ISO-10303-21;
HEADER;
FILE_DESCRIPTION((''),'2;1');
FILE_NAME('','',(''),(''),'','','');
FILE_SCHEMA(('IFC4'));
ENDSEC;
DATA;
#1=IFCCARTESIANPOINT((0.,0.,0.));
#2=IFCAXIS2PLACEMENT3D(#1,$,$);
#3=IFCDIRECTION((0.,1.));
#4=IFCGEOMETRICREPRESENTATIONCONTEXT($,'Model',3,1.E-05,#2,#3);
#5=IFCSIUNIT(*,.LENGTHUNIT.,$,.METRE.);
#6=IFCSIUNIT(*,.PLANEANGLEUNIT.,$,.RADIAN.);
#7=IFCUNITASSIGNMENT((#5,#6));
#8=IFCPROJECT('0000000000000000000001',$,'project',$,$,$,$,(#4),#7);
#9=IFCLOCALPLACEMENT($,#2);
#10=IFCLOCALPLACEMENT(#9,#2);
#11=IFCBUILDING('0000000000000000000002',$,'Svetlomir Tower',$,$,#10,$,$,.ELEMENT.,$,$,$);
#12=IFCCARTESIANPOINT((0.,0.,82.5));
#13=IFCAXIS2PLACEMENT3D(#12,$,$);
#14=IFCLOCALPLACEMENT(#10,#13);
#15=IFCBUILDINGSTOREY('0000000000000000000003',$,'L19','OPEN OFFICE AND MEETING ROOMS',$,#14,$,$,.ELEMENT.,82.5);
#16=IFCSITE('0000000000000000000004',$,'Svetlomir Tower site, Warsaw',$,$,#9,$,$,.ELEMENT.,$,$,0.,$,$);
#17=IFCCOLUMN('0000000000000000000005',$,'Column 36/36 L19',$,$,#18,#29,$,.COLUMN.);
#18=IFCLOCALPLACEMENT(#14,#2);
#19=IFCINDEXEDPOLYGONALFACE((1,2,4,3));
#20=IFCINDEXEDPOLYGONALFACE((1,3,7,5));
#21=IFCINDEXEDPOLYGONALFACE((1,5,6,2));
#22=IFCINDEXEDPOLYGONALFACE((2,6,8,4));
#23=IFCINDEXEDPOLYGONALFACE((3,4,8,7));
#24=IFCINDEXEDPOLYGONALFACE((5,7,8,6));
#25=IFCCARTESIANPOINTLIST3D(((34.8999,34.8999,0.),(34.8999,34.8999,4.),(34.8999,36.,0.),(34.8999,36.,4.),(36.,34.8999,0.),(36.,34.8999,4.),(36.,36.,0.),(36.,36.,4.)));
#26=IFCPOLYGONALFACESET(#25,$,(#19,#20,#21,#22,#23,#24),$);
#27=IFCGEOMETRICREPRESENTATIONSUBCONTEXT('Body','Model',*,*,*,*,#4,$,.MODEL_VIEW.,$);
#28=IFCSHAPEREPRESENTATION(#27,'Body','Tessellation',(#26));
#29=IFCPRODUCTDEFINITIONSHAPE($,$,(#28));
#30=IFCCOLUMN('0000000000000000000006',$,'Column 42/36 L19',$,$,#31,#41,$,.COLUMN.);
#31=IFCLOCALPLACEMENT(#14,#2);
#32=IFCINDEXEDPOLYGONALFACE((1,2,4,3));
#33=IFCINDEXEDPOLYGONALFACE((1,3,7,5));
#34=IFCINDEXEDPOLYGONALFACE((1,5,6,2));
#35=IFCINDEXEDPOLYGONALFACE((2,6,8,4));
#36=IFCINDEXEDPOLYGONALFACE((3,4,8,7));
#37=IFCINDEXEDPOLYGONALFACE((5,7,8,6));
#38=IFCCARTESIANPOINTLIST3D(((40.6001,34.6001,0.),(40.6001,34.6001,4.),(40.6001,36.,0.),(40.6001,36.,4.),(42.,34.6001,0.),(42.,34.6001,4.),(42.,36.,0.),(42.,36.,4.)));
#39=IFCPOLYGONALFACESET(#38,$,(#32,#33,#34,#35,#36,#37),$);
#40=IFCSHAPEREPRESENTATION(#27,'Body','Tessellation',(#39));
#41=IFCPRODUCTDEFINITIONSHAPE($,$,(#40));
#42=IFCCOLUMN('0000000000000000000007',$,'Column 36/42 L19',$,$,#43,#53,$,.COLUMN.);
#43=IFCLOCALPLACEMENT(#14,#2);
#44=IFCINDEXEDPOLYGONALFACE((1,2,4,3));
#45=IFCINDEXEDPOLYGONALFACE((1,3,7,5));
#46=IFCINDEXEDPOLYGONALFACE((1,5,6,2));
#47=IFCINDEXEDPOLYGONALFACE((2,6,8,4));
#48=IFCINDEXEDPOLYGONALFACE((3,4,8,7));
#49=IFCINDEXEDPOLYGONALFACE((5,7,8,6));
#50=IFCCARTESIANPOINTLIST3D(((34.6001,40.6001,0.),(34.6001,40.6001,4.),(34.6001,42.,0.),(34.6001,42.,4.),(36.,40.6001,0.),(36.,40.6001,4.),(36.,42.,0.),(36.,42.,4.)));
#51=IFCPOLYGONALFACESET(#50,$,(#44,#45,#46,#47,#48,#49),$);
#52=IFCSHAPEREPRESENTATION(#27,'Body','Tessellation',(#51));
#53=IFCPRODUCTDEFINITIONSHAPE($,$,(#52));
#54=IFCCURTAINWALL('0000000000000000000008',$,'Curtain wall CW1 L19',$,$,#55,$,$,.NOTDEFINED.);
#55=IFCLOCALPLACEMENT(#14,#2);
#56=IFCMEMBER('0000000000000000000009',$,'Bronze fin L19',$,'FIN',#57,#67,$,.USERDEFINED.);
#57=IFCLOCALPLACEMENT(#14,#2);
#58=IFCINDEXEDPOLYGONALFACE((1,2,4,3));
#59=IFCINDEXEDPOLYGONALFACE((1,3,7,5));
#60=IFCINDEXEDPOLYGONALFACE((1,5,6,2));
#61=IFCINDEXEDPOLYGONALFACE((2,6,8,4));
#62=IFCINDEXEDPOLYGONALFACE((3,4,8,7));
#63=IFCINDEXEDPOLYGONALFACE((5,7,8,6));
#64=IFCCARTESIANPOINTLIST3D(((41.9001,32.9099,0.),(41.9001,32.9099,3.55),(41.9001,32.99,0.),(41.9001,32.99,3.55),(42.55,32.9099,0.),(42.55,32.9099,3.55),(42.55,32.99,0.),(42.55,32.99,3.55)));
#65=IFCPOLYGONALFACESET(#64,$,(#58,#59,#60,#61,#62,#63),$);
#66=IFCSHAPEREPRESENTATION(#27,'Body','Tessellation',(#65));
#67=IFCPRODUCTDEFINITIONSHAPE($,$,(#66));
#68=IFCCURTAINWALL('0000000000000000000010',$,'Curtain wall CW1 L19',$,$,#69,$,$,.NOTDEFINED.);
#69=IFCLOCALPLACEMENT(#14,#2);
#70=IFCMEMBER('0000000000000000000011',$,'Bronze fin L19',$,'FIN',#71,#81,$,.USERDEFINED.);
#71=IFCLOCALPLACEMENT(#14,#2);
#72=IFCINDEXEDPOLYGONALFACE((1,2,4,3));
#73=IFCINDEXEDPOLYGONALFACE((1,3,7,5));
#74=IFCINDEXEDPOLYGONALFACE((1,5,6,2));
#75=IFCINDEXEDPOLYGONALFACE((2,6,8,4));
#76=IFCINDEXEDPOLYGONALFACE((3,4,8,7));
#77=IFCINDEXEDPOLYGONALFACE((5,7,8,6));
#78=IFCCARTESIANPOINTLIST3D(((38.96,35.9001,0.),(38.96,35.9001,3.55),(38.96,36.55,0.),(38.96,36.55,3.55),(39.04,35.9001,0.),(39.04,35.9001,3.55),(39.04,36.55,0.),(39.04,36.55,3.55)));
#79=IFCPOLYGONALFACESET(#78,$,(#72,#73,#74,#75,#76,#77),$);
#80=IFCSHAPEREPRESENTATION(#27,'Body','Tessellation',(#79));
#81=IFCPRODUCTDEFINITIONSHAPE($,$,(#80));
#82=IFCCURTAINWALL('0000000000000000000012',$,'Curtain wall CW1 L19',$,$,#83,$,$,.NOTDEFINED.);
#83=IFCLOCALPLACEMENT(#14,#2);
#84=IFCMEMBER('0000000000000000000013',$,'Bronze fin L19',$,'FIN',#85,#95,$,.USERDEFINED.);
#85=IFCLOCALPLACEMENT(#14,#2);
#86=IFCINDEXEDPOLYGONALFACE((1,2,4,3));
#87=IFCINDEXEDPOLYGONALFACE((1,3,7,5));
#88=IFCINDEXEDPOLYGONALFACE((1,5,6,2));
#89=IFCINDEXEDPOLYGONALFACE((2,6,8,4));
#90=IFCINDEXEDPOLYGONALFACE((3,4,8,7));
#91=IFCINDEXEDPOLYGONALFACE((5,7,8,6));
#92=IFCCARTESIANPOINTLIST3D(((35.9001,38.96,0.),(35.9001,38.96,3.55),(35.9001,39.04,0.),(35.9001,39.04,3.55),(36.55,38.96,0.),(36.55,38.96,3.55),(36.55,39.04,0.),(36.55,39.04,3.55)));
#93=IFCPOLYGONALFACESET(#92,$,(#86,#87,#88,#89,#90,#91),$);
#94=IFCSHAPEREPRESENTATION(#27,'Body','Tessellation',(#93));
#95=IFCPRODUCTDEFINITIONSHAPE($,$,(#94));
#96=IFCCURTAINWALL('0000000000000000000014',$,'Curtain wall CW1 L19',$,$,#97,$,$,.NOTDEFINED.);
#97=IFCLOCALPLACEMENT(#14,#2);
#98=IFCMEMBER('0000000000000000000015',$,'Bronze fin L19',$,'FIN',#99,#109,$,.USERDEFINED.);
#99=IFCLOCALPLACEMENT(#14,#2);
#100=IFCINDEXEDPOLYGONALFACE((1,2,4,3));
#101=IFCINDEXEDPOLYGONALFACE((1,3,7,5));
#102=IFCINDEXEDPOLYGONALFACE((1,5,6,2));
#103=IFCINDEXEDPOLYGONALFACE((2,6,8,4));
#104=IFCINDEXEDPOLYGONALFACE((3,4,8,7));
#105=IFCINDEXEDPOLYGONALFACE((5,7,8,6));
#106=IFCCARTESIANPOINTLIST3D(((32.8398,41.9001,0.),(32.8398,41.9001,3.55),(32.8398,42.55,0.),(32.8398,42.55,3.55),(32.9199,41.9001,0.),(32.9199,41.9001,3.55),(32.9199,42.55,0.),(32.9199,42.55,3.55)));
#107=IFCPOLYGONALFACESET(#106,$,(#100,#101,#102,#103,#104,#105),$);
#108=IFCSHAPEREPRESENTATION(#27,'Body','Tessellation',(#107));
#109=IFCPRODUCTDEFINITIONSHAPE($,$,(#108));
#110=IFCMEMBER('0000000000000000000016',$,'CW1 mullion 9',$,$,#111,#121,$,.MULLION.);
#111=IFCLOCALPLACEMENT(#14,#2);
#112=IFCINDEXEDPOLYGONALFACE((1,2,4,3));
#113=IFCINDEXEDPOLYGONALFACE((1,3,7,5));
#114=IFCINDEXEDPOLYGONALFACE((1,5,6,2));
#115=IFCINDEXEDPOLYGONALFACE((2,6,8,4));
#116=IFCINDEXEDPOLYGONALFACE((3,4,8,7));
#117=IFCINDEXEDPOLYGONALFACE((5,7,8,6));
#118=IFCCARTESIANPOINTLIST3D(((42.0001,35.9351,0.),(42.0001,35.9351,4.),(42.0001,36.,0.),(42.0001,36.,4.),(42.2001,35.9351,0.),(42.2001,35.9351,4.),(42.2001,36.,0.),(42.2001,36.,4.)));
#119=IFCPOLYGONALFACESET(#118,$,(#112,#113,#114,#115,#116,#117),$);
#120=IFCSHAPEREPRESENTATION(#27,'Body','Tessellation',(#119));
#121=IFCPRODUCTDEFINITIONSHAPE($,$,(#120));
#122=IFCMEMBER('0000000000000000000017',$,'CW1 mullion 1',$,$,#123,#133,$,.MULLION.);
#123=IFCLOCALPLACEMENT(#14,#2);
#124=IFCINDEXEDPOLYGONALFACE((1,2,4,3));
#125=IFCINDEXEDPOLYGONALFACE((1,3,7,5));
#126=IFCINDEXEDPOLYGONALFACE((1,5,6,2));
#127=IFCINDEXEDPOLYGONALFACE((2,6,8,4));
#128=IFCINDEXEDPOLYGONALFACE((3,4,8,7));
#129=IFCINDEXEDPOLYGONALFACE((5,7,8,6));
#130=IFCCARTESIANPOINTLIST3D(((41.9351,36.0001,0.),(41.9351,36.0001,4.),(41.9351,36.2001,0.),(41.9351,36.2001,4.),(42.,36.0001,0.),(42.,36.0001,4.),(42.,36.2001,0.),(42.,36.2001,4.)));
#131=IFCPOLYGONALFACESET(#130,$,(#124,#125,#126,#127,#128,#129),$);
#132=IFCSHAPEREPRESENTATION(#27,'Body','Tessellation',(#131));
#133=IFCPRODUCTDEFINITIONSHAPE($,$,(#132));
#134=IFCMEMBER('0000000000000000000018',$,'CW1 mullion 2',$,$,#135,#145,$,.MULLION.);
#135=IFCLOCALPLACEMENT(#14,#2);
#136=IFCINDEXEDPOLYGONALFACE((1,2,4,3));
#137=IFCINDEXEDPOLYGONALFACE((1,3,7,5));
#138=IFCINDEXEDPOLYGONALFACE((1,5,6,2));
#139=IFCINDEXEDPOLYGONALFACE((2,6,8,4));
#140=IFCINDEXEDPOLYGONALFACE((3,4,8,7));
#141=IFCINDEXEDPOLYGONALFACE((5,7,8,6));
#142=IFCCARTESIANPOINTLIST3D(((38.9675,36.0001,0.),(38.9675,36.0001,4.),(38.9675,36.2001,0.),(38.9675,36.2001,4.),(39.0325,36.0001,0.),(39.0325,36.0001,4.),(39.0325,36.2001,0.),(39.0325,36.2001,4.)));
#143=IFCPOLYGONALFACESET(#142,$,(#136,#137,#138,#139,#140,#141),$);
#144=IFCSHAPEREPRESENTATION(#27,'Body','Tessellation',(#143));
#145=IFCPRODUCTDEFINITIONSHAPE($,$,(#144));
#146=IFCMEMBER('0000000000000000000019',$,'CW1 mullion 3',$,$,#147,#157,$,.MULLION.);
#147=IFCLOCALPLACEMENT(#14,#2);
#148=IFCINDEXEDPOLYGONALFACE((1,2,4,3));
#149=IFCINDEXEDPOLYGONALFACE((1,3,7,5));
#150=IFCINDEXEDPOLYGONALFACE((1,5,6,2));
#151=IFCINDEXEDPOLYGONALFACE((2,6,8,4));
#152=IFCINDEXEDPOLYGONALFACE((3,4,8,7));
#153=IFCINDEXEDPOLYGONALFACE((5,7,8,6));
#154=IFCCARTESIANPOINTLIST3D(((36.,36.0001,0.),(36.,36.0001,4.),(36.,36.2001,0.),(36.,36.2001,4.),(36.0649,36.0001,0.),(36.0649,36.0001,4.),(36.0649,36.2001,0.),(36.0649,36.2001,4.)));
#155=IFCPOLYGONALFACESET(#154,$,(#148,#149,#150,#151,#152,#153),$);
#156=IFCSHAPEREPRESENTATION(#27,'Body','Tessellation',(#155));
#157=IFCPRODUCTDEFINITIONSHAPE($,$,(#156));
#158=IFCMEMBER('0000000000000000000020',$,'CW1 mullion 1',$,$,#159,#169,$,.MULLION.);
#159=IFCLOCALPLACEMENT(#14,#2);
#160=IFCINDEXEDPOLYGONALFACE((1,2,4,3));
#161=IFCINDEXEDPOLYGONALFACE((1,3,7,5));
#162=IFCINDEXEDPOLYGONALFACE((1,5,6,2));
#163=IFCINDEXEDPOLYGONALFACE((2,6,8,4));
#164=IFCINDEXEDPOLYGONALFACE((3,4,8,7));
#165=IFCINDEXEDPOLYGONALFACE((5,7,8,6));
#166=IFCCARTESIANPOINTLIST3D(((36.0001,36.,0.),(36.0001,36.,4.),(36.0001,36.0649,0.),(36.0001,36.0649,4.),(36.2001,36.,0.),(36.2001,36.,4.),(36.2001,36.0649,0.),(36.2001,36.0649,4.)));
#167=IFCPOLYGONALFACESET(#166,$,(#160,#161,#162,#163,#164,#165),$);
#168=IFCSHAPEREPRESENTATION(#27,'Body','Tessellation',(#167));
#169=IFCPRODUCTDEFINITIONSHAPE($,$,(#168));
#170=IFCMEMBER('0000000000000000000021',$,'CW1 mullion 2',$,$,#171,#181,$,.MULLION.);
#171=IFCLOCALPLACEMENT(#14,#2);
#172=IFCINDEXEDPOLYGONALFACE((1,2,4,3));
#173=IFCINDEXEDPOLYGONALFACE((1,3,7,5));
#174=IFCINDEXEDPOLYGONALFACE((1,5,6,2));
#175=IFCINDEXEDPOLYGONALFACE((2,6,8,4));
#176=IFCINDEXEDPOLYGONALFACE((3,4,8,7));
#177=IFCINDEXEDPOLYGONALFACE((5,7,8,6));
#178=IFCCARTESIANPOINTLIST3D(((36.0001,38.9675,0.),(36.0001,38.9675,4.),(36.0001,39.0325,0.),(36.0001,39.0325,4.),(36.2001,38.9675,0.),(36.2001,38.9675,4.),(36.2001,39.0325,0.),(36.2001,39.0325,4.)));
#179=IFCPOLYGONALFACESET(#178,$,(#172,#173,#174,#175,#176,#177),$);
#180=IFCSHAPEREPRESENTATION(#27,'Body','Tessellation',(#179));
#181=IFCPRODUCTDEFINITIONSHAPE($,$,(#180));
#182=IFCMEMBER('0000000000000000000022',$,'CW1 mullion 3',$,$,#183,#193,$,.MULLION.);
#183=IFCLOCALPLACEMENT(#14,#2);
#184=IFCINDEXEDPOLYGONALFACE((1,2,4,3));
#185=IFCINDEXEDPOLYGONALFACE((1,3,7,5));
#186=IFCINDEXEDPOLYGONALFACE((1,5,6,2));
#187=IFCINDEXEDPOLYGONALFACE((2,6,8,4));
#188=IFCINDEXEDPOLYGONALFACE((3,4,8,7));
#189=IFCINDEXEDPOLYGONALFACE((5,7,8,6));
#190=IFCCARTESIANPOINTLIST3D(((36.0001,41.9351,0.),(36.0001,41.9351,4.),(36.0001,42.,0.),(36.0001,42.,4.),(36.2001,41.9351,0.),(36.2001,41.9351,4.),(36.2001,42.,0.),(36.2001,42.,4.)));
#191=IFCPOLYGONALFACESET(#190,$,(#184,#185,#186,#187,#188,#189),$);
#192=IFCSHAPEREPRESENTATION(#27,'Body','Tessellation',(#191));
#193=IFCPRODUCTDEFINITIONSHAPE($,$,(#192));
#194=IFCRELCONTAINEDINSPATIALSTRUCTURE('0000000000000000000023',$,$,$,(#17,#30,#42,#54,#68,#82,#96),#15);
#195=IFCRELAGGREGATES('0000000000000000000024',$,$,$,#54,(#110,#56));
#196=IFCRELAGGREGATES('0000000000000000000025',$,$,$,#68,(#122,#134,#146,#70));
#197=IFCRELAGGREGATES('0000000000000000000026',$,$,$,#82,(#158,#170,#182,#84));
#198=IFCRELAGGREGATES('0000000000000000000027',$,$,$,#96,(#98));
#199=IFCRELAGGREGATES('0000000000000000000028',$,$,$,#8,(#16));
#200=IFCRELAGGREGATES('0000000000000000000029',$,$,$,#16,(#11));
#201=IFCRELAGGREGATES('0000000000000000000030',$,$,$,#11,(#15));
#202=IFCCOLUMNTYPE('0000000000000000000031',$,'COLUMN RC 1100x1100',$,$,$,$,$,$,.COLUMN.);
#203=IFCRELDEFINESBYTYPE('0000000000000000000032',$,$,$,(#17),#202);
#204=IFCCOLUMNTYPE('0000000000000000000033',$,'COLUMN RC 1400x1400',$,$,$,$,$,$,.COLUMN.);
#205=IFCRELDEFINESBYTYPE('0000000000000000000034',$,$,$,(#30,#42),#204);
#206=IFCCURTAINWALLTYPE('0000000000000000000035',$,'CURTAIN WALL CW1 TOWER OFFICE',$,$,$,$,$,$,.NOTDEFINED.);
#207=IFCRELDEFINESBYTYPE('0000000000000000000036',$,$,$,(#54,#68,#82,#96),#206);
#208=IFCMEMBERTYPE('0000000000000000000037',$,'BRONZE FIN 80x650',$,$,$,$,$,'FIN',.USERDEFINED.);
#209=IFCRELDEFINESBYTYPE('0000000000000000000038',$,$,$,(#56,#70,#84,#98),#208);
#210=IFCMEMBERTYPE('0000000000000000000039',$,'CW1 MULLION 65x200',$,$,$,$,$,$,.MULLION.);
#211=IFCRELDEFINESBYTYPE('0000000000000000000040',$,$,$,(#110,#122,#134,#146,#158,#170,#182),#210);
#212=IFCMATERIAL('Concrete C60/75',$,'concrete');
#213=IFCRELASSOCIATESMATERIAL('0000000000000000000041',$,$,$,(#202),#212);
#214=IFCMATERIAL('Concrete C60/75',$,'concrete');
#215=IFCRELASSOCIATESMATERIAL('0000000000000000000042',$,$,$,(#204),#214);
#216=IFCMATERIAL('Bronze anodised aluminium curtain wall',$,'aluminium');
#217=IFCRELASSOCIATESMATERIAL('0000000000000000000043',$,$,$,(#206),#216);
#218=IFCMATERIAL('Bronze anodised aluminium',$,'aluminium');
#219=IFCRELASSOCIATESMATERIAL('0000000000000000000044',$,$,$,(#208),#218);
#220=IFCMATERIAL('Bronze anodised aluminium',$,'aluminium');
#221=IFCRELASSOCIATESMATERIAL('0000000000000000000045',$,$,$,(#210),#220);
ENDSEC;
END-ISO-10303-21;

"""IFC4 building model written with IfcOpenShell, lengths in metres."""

from ifc_helpers import new_model, si_unit, direction, frame, origin, origin_2d, place, context, subcontext, project, spatial, rectangle, extrude, material, material_profile, profile_set, type_object, element, aggregate, save


model = new_model("IFC4")

# Units and contexts
model_context = context("Model", 3, precision=1e-05, world=origin(), true_north=direction((0.0, 1.0)))
body_context = subcontext(model_context, "Body", "Model", "MODEL_VIEW")
ifc_project = project(units=[si_unit("LENGTHUNIT", "METRE"), si_unit("PLANEANGLEUNIT", "RADIAN")], contexts=[model_context])

# Site, building, storey
site_placement = place(None, origin())
site = spatial("IfcSite", under=ifc_project, at=site_placement, Name="Svetlomir Tower site, Warsaw", CompositionType="ELEMENT", RefElevation=0.0)
building_placement = place(site_placement, origin())
building = spatial("IfcBuilding", under=site, at=building_placement, Name="Svetlomir Tower", CompositionType="ELEMENT")
storey_placement = place(building_placement, frame((0.0, 0.0, 82.5)))
storey = spatial("IfcBuildingStorey", under=building, at=storey_placement, Name="L19", Description="OPEN OFFICE AND MEETING ROOMS", CompositionType="ELEMENT", Elevation=82.5)

# Columns
ifc_material_1 = material(Name="Concrete C60/75", Category="concrete")
ifc_material_profile_1 = material_profile(ifc_material_1, rectangle(XDim=1.1001, YDim=1.1001, at=origin_2d()), Name="RC 1100x1100")
ifc_profile_set_1 = profile_set([ifc_material_profile_1], Name="Concrete C60/75")
column_type_1 = type_object("IfcColumnType", Name="COLUMN RC 1100x1100", PredefinedType="COLUMN", material=ifc_profile_set_1)
column_placement = place(storey_placement, frame((35.45, 35.45, 0.0), z_axis=(0.0, 0.0, 1.0), x_axis=(1.0, 0.0, 0.0)))
element("IfcColumn", 1, at=column_placement, inside=storey, type_object=column_type_1, Name="Column 36/36 L19", PredefinedType="COLUMN", context=body_context, shape_type="SweptSolid", body=[
    extrude(rectangle(XDim=1.1001, YDim=1.1001, at=origin_2d()), origin(), (0.0, 0.0, 1.0), 4.0),
])
ifc_material_2 = material(Name="Concrete C60/75", Category="concrete")
ifc_material_profile_2 = material_profile(ifc_material_2, rectangle(XDim=1.3999, YDim=1.3999, at=origin_2d()), Name="RC 1400x1400")
ifc_profile_set_2 = profile_set([ifc_material_profile_2], Name="Concrete C60/75")
column_type_2 = type_object("IfcColumnType", Name="COLUMN RC 1400x1400", PredefinedType="COLUMN", material=ifc_profile_set_2)
for number, where, z_axis, x_axis, name in (
    (2, (41.3, 35.3, 0.0), (0.0, 0.0, 1.0), (1.0, 0.0, 0.0), "Column 42/36 L19"),
    (3, (35.3, 41.3, 0.0), (0.0, 0.0, 1.0), (1.0, 0.0, 0.0), "Column 36/42 L19"),
):
    element("IfcColumn", number, at=place(storey_placement, frame(where, z_axis=z_axis, x_axis=x_axis)), inside=storey, type_object=column_type_2, Name=name, PredefinedType="COLUMN", context=body_context, shape_type="SweptSolid", body=[
        extrude(rectangle(XDim=1.3999, YDim=1.3999, at=origin_2d()), origin(), (0.0, 0.0, 1.0), 4.0),
    ])

# Curtain walls, members
ifc_material_3 = material(Name="Bronze anodised aluminium curtain wall", Category="aluminium")
curtain_wall_type = type_object("IfcCurtainWallType", Name="CURTAIN WALL CW1 TOWER OFFICE", PredefinedType="NOTDEFINED", material=ifc_material_3)
curtain_wall_1_placement = place(storey_placement, origin())
curtain_wall_1 = element("IfcCurtainWall", 4, at=curtain_wall_1_placement, inside=storey, type_object=curtain_wall_type, Name="Curtain wall CW1 L19", PredefinedType="NOTDEFINED")
ifc_material_4 = material(Name="Bronze anodised aluminium", Category="aluminium")
ifc_material_profile_3 = material_profile(ifc_material_4, rectangle(XDim=0.0801, YDim=0.6499, at=origin_2d()), Name="FIN 80x650")
ifc_profile_set_3 = profile_set([ifc_material_profile_3], Name="Bronze anodised aluminium 6063-T6")
member_type_1 = type_object("IfcMemberType", Name="BRONZE FIN 80x650", ElementType="FIN", PredefinedType="USERDEFINED", material=ifc_profile_set_3)
member_1_placement = place(storey_placement, frame((42.2251, 32.95, 0.0), z_axis=(0.0, 0.0, 1.0), x_axis=(0.0, 1.0, 0.0)))
member_1 = element("IfcMember", 5, at=member_1_placement, type_object=member_type_1, Name="Bronze fin L19", ObjectType="FIN", PredefinedType="USERDEFINED", context=body_context, shape_type="SweptSolid", body=[
    extrude(rectangle(XDim=0.0801, YDim=0.6499, at=origin_2d()), origin(), (0.0, 0.0, 1.0), 3.55),
])
curtain_wall_2_placement = place(storey_placement, origin())
curtain_wall_2 = element("IfcCurtainWall", 6, at=curtain_wall_2_placement, inside=storey, type_object=curtain_wall_type, Name="Curtain wall CW1 L19", PredefinedType="NOTDEFINED")
member_2_placement = place(storey_placement, frame((39.0, 36.2251, 0.0), z_axis=(0.0, 0.0, 1.0), x_axis=(1.0, 0.0, 0.0)))
member_2 = element("IfcMember", 7, at=member_2_placement, type_object=member_type_1, Name="Bronze fin L19", ObjectType="FIN", PredefinedType="USERDEFINED", context=body_context, shape_type="SweptSolid", body=[
    extrude(rectangle(XDim=0.0801, YDim=0.6499, at=origin_2d()), origin(), (0.0, 0.0, 1.0), 3.55),
])
curtain_wall_3_placement = place(storey_placement, origin())
curtain_wall_3 = element("IfcCurtainWall", 8, at=curtain_wall_3_placement, inside=storey, type_object=curtain_wall_type, Name="Curtain wall CW1 L19", PredefinedType="NOTDEFINED")
member_3_placement = place(storey_placement, frame((36.2251, 39.0, 0.0), z_axis=(0.0, 0.0, 1.0), x_axis=(0.0, 1.0, 0.0)))
member_3 = element("IfcMember", 9, at=member_3_placement, type_object=member_type_1, Name="Bronze fin L19", ObjectType="FIN", PredefinedType="USERDEFINED", context=body_context, shape_type="SweptSolid", body=[
    extrude(rectangle(XDim=0.0801, YDim=0.6499, at=origin_2d()), origin(), (0.0, 0.0, 1.0), 3.55),
])
curtain_wall_4_placement = place(storey_placement, origin())
curtain_wall_4 = element("IfcCurtainWall", 10, at=curtain_wall_4_placement, inside=storey, type_object=curtain_wall_type, Name="Curtain wall CW1 L19", PredefinedType="NOTDEFINED")
member_4_placement = place(storey_placement, frame((32.8799, 42.2251, 0.0), z_axis=(0.0, 0.0, 1.0), x_axis=(1.0, 0.0, 0.0)))
member_4 = element("IfcMember", 11, at=member_4_placement, type_object=member_type_1, Name="Bronze fin L19", ObjectType="FIN", PredefinedType="USERDEFINED", context=body_context, shape_type="SweptSolid", body=[
    extrude(rectangle(XDim=0.0801, YDim=0.6499, at=origin_2d()), origin(), (0.0, 0.0, 1.0), 3.55),
])

# Members
ifc_material_5 = material(Name="Bronze anodised aluminium", Category="aluminium")
ifc_material_profile_4 = material_profile(ifc_material_5, rectangle(XDim=0.0649, YDim=0.2, at=origin_2d()), Name="AL 65x200")
ifc_profile_set_4 = profile_set([ifc_material_profile_4], Name="Bronze anodised aluminium 6063-T6")
member_type_2 = type_object("IfcMemberType", Name="CW1 MULLION 65x200", PredefinedType="MULLION", material=ifc_profile_set_4)
member_5_placement = place(storey_placement, frame((42.1001, 35.9675, 0.0), z_axis=(0.0, 0.0, 1.0), x_axis=(0.0, 1.0, 0.0)))
member_5 = element("IfcMember", 12, at=member_5_placement, type_object=member_type_2, Name="CW1 mullion 9", PredefinedType="MULLION", context=body_context, shape_type="SweptSolid", body=[
    extrude(rectangle(XDim=0.0649, YDim=0.2, at=origin_2d()), origin(), (0.0, 0.0, 1.0), 4.0),
])
member_6_placement = place(storey_placement, frame((41.9675, 36.1001, 0.0), z_axis=(0.0, 0.0, 1.0), x_axis=(-1.0, 0.0, 0.0)))
member_6 = element("IfcMember", 13, at=member_6_placement, type_object=member_type_2, Name="CW1 mullion 1", PredefinedType="MULLION", context=body_context, shape_type="SweptSolid", body=[
    extrude(rectangle(XDim=0.0649, YDim=0.2, at=origin_2d()), origin(), (0.0, 0.0, 1.0), 4.0),
])
member_7_placement = place(storey_placement, frame((39.0, 36.1001, 0.0), z_axis=(0.0, 0.0, 1.0), x_axis=(-1.0, 0.0, 0.0)))
member_7 = element("IfcMember", 14, at=member_7_placement, type_object=member_type_2, Name="CW1 mullion 2", PredefinedType="MULLION", context=body_context, shape_type="SweptSolid", body=[
    extrude(rectangle(XDim=0.0649, YDim=0.2, at=origin_2d()), origin(), (0.0, 0.0, 1.0), 4.0),
])
member_8_placement = place(storey_placement, frame((36.0325, 36.1001, 0.0), z_axis=(0.0, 0.0, 1.0), x_axis=(-1.0, 0.0, 0.0)))
member_8 = element("IfcMember", 15, at=member_8_placement, type_object=member_type_2, Name="CW1 mullion 3", PredefinedType="MULLION", context=body_context, shape_type="SweptSolid", body=[
    extrude(rectangle(XDim=0.0649, YDim=0.2, at=origin_2d()), origin(), (0.0, 0.0, 1.0), 4.0),
])
member_9_placement = place(storey_placement, frame((36.1001, 36.0325, 0.0), z_axis=(0.0, 0.0, 1.0), x_axis=(0.0, 1.0, 0.0)))
member_9 = element("IfcMember", 16, at=member_9_placement, type_object=member_type_2, Name="CW1 mullion 1", PredefinedType="MULLION", context=body_context, shape_type="SweptSolid", body=[
    extrude(rectangle(XDim=0.0649, YDim=0.2, at=origin_2d()), origin(), (0.0, 0.0, 1.0), 4.0),
])
member_10_placement = place(storey_placement, frame((36.1001, 39.0, 0.0), z_axis=(0.0, 0.0, 1.0), x_axis=(0.0, 1.0, 0.0)))
member_10 = element("IfcMember", 17, at=member_10_placement, type_object=member_type_2, Name="CW1 mullion 2", PredefinedType="MULLION", context=body_context, shape_type="SweptSolid", body=[
    extrude(rectangle(XDim=0.0649, YDim=0.2, at=origin_2d()), origin(), (0.0, 0.0, 1.0), 4.0),
])
member_11_placement = place(storey_placement, frame((36.1001, 41.9675, 0.0), z_axis=(0.0, 0.0, 1.0), x_axis=(0.0, 1.0, 0.0)))
member_11 = element("IfcMember", 18, at=member_11_placement, type_object=member_type_2, Name="CW1 mullion 3", PredefinedType="MULLION", context=body_context, shape_type="SweptSolid", body=[
    extrude(rectangle(XDim=0.0649, YDim=0.2, at=origin_2d()), origin(), (0.0, 0.0, 1.0), 4.0),
])

aggregate(curtain_wall_1, [member_5, member_1])
aggregate(curtain_wall_2, [member_6, member_7, member_8, member_2])
aggregate(curtain_wall_3, [member_9, member_10, member_11, member_3])
aggregate(curtain_wall_4, [member_4])

save(model, "model.ifc")
